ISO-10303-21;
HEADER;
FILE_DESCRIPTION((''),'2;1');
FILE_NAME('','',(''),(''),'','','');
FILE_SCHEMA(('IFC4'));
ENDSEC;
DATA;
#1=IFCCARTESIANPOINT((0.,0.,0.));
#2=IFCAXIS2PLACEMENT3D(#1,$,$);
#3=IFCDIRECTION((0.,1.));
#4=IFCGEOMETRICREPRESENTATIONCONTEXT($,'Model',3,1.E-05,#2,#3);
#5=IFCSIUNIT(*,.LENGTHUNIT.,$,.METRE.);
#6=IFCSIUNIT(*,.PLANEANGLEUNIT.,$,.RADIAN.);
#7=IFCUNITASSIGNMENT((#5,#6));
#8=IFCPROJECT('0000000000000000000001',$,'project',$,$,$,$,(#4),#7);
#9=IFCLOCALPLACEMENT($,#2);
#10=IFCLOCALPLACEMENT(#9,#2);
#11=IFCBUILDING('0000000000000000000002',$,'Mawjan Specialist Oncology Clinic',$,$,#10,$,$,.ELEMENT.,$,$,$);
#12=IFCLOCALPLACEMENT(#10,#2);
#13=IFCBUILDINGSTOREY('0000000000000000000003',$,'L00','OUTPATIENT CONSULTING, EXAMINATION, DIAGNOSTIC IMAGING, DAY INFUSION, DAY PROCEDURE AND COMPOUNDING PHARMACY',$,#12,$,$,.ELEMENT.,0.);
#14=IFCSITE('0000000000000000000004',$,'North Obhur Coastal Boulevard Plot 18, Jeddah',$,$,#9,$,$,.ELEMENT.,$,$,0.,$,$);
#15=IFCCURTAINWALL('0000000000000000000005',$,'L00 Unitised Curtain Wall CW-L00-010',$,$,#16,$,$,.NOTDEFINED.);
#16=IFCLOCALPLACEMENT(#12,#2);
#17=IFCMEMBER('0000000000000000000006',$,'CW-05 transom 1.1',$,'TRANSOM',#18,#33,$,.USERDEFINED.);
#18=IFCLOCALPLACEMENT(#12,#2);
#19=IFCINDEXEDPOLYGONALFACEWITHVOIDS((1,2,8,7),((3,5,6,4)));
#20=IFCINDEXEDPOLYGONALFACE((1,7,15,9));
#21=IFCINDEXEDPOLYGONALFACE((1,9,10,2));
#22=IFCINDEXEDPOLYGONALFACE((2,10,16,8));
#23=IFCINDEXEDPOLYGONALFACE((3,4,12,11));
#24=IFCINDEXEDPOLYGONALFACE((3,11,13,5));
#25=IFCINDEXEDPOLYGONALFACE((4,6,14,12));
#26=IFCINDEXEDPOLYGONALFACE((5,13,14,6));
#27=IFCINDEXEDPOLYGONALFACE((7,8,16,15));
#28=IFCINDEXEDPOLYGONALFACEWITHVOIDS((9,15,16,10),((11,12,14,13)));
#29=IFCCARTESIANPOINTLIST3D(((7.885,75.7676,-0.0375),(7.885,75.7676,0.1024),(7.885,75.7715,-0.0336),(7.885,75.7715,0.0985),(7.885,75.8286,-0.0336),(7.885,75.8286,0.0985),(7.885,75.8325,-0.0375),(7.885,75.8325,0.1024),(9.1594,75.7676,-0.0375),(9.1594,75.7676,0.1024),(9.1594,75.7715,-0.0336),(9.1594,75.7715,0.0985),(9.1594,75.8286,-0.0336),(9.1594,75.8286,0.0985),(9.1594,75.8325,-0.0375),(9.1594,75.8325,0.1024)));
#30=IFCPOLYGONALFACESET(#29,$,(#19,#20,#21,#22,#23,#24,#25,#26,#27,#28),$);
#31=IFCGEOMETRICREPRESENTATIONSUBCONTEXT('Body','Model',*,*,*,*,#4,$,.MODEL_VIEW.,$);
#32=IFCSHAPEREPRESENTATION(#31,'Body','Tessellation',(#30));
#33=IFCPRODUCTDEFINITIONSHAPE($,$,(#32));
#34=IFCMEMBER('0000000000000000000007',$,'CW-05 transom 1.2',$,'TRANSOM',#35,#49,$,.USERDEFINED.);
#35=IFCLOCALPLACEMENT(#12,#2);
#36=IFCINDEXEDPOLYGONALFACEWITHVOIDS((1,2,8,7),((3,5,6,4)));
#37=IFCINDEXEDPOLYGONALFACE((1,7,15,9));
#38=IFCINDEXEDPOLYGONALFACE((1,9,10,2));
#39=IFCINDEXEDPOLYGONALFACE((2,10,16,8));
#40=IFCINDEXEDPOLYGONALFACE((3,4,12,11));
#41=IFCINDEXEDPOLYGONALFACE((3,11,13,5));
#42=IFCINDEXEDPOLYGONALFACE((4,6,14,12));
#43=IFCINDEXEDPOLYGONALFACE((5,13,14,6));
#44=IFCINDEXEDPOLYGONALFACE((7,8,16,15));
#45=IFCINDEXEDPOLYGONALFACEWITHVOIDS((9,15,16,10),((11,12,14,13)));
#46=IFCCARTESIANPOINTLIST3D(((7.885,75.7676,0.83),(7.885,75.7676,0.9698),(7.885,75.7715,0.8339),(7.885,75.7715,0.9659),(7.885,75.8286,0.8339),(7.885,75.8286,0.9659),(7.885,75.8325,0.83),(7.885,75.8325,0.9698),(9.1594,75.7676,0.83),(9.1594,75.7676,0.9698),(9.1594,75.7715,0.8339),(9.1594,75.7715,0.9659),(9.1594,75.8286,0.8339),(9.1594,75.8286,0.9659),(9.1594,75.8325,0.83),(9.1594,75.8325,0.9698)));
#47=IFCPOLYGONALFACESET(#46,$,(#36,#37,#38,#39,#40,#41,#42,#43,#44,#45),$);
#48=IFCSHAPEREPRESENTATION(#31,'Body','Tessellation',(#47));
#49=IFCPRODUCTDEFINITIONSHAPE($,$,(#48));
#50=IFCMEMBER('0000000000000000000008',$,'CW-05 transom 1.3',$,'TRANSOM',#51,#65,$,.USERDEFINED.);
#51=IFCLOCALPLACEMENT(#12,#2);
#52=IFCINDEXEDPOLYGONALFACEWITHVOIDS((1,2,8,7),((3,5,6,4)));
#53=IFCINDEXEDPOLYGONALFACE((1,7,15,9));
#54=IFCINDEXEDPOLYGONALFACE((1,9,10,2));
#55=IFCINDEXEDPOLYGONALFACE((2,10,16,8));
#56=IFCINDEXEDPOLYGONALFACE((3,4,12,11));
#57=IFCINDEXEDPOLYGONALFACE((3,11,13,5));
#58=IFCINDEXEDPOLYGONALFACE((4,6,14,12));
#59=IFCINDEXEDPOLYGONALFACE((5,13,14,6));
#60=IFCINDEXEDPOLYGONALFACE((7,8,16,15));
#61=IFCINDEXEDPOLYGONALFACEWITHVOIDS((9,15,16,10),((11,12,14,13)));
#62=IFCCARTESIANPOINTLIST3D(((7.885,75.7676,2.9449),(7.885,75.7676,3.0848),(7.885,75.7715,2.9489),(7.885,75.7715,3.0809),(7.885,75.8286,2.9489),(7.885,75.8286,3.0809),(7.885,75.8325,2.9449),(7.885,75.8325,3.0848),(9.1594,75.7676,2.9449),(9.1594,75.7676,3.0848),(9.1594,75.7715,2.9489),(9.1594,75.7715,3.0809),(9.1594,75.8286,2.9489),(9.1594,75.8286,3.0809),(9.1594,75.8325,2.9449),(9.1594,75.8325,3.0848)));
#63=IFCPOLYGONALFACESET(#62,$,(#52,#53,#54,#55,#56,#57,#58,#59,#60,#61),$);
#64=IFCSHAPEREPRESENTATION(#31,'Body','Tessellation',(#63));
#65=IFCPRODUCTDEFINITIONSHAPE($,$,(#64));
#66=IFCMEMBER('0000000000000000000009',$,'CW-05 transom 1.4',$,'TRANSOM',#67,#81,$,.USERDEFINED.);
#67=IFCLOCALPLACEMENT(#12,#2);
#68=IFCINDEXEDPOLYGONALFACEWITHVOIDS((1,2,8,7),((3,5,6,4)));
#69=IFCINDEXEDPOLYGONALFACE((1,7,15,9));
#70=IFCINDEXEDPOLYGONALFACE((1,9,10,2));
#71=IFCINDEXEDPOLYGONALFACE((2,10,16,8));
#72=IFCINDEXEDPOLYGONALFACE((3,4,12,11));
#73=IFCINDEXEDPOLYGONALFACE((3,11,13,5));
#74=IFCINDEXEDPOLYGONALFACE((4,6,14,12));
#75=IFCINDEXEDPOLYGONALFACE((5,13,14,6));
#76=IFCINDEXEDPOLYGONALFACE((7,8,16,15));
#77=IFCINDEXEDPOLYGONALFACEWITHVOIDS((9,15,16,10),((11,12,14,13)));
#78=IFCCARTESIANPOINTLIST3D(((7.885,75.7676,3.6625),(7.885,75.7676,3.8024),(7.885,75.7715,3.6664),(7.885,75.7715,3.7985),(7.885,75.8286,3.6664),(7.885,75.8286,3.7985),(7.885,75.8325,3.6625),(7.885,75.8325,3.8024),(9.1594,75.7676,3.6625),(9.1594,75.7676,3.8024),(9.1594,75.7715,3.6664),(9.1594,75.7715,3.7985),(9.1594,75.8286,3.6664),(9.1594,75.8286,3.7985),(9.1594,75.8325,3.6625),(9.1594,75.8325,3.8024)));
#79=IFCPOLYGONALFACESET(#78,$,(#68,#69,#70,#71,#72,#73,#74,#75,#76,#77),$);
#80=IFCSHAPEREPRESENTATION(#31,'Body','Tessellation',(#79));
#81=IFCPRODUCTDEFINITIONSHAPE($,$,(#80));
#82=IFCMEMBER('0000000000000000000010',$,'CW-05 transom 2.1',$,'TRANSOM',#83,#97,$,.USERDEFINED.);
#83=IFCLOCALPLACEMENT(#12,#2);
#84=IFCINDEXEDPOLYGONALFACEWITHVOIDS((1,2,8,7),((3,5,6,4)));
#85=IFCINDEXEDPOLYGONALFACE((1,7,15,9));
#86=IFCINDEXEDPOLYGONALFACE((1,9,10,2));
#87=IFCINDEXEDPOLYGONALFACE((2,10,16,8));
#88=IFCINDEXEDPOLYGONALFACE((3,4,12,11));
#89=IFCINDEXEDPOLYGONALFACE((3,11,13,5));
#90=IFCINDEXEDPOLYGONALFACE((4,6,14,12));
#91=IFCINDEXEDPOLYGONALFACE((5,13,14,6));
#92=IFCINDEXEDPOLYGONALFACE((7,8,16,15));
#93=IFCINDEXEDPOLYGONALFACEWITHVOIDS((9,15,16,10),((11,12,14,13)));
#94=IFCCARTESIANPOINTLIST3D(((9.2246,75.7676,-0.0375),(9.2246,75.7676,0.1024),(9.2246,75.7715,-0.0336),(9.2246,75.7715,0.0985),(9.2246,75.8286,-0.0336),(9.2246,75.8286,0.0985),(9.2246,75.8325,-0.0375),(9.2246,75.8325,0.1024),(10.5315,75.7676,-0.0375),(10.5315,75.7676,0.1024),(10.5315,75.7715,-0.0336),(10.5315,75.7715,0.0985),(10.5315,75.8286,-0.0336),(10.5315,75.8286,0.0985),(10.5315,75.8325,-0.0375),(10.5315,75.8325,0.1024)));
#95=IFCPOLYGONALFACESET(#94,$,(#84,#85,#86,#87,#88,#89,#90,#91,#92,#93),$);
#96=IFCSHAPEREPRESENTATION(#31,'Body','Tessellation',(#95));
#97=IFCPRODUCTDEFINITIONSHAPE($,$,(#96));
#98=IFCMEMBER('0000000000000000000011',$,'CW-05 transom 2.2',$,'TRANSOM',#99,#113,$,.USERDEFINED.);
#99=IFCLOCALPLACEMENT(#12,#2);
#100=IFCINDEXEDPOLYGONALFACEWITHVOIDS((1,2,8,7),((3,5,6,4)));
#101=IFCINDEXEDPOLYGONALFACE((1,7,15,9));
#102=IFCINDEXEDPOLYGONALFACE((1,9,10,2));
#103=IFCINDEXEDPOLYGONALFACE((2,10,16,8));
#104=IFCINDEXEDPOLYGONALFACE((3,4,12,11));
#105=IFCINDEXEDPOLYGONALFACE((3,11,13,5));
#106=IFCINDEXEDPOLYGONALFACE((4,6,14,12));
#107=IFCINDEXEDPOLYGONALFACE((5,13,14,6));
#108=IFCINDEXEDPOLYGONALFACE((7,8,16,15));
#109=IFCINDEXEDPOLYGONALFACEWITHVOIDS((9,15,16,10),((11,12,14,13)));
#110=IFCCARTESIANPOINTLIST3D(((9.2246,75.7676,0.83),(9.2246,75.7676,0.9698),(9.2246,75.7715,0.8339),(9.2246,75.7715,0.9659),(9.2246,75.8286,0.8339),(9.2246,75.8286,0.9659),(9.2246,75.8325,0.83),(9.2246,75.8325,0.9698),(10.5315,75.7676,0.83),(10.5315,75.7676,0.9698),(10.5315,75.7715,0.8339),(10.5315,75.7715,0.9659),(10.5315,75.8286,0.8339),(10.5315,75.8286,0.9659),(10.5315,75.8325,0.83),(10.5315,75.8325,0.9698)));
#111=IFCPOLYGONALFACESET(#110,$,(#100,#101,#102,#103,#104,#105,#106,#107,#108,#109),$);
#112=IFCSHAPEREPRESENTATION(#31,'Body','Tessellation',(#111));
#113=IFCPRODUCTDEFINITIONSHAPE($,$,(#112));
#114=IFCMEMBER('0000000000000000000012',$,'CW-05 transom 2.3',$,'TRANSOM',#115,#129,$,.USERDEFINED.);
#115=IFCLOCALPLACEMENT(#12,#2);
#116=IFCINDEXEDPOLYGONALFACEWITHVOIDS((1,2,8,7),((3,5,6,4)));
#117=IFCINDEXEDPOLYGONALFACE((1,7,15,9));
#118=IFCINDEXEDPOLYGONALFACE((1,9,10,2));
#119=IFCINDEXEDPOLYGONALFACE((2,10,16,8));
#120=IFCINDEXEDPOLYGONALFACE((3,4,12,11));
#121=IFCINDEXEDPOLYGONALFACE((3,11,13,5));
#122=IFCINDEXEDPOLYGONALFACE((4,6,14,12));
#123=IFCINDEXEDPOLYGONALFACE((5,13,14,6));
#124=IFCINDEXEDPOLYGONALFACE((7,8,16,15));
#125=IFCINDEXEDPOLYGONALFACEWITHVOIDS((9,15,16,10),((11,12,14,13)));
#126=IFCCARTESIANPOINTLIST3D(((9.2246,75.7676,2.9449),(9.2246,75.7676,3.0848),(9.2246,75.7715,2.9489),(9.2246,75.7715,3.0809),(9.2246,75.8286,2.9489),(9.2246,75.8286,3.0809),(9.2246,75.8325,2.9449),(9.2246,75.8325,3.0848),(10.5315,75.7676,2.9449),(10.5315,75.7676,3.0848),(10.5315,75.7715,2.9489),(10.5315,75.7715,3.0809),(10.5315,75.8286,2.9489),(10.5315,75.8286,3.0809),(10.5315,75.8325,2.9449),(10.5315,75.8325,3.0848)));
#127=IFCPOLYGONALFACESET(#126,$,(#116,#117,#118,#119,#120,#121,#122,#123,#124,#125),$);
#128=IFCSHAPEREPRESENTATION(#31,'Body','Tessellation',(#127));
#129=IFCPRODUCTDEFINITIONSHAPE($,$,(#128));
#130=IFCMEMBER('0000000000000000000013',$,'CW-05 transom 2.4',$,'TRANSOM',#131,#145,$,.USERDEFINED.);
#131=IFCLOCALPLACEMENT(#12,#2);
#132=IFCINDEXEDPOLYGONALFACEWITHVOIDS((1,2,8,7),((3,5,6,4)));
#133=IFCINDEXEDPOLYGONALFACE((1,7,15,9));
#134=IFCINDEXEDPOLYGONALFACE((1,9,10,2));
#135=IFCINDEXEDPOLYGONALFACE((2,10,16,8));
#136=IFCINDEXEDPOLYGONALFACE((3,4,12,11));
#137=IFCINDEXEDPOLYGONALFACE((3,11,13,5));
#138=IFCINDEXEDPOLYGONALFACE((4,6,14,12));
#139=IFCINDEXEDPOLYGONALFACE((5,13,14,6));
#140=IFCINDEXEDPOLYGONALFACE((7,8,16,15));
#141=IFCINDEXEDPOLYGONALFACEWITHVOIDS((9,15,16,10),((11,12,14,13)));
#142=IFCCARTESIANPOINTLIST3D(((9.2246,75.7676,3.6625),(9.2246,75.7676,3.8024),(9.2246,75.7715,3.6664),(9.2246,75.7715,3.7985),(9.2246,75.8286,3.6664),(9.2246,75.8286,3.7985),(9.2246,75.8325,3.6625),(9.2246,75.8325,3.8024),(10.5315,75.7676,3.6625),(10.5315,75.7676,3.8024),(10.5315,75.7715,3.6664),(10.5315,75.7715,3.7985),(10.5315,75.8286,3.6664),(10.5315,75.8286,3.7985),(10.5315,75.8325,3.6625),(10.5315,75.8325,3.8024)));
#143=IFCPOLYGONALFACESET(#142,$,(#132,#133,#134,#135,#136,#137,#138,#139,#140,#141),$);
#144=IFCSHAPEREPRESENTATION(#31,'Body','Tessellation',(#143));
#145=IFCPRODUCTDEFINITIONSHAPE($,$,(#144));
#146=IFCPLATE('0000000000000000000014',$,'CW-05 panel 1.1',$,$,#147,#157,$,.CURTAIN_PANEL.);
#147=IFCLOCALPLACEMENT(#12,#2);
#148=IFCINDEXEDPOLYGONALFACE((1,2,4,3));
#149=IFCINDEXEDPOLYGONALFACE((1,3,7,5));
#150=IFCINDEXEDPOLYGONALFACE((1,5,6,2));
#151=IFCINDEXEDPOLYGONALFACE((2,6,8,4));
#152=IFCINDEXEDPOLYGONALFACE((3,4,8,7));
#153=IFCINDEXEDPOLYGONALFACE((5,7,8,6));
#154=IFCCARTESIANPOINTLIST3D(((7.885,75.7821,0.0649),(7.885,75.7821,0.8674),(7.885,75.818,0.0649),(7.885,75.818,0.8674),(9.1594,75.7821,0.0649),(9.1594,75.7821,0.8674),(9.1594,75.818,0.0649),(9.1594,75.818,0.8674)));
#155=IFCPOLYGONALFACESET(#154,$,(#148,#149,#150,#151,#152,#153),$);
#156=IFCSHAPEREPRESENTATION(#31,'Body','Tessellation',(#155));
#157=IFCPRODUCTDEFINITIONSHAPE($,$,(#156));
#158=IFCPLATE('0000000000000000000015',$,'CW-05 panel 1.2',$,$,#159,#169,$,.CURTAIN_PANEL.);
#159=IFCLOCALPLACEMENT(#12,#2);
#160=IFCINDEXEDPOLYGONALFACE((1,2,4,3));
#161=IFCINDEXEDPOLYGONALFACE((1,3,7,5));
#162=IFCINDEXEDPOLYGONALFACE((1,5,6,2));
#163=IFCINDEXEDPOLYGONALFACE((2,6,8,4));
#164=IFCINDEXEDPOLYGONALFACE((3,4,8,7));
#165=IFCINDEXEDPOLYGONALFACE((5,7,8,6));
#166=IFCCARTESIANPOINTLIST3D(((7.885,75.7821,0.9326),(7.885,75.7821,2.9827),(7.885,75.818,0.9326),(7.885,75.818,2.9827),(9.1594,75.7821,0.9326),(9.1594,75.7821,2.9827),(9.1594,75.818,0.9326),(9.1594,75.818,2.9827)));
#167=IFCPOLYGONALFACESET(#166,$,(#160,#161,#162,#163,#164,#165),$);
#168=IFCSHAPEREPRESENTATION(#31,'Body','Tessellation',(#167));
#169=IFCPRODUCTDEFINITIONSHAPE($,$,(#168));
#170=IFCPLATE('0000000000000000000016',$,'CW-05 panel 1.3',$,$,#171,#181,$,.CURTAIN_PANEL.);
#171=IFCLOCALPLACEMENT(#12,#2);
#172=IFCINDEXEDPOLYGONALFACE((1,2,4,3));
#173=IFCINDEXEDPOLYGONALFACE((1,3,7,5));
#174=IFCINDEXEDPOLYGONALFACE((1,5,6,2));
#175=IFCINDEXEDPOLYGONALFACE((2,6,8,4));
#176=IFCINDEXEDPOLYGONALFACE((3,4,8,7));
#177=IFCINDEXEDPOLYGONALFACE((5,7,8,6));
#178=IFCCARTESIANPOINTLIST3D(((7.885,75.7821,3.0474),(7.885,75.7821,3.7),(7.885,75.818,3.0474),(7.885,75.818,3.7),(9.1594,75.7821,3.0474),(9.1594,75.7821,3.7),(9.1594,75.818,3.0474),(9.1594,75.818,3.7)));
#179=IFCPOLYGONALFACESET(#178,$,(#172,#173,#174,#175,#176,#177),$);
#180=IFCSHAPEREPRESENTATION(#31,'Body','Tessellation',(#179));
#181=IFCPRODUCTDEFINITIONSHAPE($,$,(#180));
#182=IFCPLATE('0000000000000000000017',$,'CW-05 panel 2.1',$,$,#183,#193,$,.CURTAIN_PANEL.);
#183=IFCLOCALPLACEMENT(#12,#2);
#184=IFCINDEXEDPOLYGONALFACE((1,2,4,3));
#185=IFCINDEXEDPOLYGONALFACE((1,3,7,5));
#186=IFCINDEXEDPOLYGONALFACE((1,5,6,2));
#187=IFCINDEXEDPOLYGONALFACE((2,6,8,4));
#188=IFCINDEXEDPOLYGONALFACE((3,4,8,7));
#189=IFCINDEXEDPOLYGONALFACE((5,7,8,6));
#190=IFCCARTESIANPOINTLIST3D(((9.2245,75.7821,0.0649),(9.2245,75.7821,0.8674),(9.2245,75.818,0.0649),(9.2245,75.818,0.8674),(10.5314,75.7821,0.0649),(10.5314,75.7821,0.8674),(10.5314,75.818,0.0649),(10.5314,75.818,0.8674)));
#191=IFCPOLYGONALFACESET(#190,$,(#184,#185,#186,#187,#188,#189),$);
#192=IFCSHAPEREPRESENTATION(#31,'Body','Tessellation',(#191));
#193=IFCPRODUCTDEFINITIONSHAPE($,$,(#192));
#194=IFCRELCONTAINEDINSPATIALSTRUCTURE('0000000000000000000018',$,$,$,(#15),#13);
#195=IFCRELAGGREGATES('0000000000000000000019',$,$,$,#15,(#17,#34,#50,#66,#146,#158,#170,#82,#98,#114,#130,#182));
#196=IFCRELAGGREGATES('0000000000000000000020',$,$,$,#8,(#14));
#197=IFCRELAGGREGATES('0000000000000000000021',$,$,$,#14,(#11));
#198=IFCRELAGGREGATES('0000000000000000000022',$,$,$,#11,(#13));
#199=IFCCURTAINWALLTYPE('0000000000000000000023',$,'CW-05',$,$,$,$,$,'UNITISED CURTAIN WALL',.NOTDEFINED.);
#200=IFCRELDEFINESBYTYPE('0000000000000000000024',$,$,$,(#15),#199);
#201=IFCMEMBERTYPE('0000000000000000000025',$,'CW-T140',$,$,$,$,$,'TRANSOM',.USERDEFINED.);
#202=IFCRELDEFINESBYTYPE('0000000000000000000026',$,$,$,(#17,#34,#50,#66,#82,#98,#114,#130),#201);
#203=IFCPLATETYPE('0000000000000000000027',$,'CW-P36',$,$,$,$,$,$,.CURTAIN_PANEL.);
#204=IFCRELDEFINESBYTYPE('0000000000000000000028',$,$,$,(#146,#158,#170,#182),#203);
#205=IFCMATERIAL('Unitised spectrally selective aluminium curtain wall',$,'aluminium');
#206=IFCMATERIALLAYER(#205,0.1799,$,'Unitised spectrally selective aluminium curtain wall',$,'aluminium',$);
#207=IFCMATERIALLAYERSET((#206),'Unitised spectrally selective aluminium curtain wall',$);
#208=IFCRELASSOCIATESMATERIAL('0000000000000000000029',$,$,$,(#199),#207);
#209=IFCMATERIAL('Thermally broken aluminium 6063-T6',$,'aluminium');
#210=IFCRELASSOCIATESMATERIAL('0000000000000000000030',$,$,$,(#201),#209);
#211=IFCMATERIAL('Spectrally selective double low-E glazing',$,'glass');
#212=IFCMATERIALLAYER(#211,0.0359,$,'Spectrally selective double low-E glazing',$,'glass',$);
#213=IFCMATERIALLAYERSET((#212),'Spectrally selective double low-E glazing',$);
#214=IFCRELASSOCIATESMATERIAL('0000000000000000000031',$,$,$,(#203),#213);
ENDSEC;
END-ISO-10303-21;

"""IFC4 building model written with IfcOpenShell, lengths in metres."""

from ifc_helpers import new_model, si_unit, direction, frame, origin, origin_2d, place, context, subcontext, project, spatial, rectangle, hollow_rectangle, extrude, material, layer, layer_set, material_profile, profile_set, type_object, element, aggregate, save


model = new_model("IFC4")

# Units and contexts
model_context = context("Model", 3, precision=1e-05, world=origin(), true_north=direction((0.0, 1.0)))
body_context = subcontext(model_context, "Body", "Model", "MODEL_VIEW")
ifc_project = project(units=[si_unit("LENGTHUNIT", "METRE"), si_unit("PLANEANGLEUNIT", "RADIAN")], contexts=[model_context])

# Site, building, storey
site_placement = place(None, origin())
site = spatial("IfcSite", under=ifc_project, at=site_placement, Name="North Obhur Coastal Boulevard Plot 18, Jeddah", CompositionType="ELEMENT", RefElevation=0.0)
building_placement = place(site_placement, origin())
building = spatial("IfcBuilding", under=site, at=building_placement, Name="Mawjan Specialist Oncology Clinic", CompositionType="ELEMENT")
storey_placement = place(building_placement, origin())
storey = spatial("IfcBuildingStorey", under=building, at=storey_placement, Name="L00", Description="OUTPATIENT CONSULTING, EXAMINATION, DIAGNOSTIC IMAGING, DAY INFUSION, DAY PROCEDURE AND COMPOUNDING PHARMACY", CompositionType="ELEMENT", Elevation=0.0)

# Shared definitions
ifc_material_1 = material(Name="Unitised spectrally selective aluminium curtain wall", Category="aluminium")
ifc_layer_1 = layer(ifc_material_1, 0.1799, Name="Unitised spectrally selective aluminium curtain wall", Category="aluminium")
ifc_layer_set_1 = layer_set([ifc_layer_1], Name="Unitised spectrally selective aluminium curtain wall")
curtain_wall_type = type_object("IfcCurtainWallType", Name="CW-05", ElementType="UNITISED CURTAIN WALL", PredefinedType="NOTDEFINED", material=ifc_layer_set_1)

# Curtain wall, members, plates
curtain_wall_1_placement = place(storey_placement, origin())
curtain_wall_1 = element("IfcCurtainWall", 1, at=curtain_wall_1_placement, inside=storey, type_object=curtain_wall_type, Name="L00 Unitised Curtain Wall CW-L00-010", PredefinedType="NOTDEFINED")
ifc_material_2 = material(Name="Thermally broken aluminium 6063-T6", Category="aluminium")
ifc_material_profile_1 = material_profile(ifc_material_2, hollow_rectangle(XDim=0.0649, YDim=0.1399, WallThickness=0.0039, at=origin_2d()), Name="ALU TRANSOM 140x65x4", Category="aluminium")
ifc_profile_set_1 = profile_set([ifc_material_profile_1], Name="Thermally broken aluminium 6063-T6")
member_type_1 = type_object("IfcMemberType", Name="CW-T140", ElementType="TRANSOM", PredefinedType="USERDEFINED", material=ifc_profile_set_1)
member_1_placement = place(storey_placement, frame((7.885, 75.8, 0.0325), z_axis=(1.0, 0.0, 0.0), x_axis=(0.0, 1.0, 0.0)))
member_1 = element("IfcMember", 2, at=member_1_placement, type_object=member_type_1, Name="CW-05 transom 1.1", ObjectType="TRANSOM", PredefinedType="USERDEFINED", context=body_context, shape_type="SweptSolid", body=[
    extrude(hollow_rectangle(XDim=0.0649, YDim=0.1399, WallThickness=0.0039, at=origin_2d()), origin(), (0.0, 0.0, 1.0), 1.2744),
])
member_2_placement = place(storey_placement, frame((7.885, 75.8, 0.8999), z_axis=(1.0, 0.0, 0.0), x_axis=(0.0, 1.0, 0.0)))
member_2 = element("IfcMember", 3, at=member_2_placement, type_object=member_type_1, Name="CW-05 transom 1.2", ObjectType="TRANSOM", PredefinedType="USERDEFINED", context=body_context, shape_type="SweptSolid", body=[
    extrude(hollow_rectangle(XDim=0.0649, YDim=0.1399, WallThickness=0.0039, at=origin_2d()), origin(), (0.0, 0.0, 1.0), 1.2744),
])
member_3_placement = place(storey_placement, frame((7.885, 75.8, 3.0149), z_axis=(1.0, 0.0, 0.0), x_axis=(0.0, 1.0, 0.0)))
member_3 = element("IfcMember", 4, at=member_3_placement, type_object=member_type_1, Name="CW-05 transom 1.3", ObjectType="TRANSOM", PredefinedType="USERDEFINED", context=body_context, shape_type="SweptSolid", body=[
    extrude(hollow_rectangle(XDim=0.0649, YDim=0.1399, WallThickness=0.0039, at=origin_2d()), origin(), (0.0, 0.0, 1.0), 1.2744),
])
member_4_placement = place(storey_placement, frame((7.885, 75.8, 3.7324), z_axis=(1.0, 0.0, 0.0), x_axis=(0.0, 1.0, 0.0)))
member_4 = element("IfcMember", 5, at=member_4_placement, type_object=member_type_1, Name="CW-05 transom 1.4", ObjectType="TRANSOM", PredefinedType="USERDEFINED", context=body_context, shape_type="SweptSolid", body=[
    extrude(hollow_rectangle(XDim=0.0649, YDim=0.1399, WallThickness=0.0039, at=origin_2d()), origin(), (0.0, 0.0, 1.0), 1.2744),
])
member_5_placement = place(storey_placement, frame((9.2246, 75.8, 0.0325), z_axis=(1.0, 0.0, 0.0), x_axis=(0.0, 1.0, 0.0)))
member_5 = element("IfcMember", 6, at=member_5_placement, type_object=member_type_1, Name="CW-05 transom 2.1", ObjectType="TRANSOM", PredefinedType="USERDEFINED", context=body_context, shape_type="SweptSolid", body=[
    extrude(hollow_rectangle(XDim=0.0649, YDim=0.1399, WallThickness=0.0039, at=origin_2d()), origin(), (0.0, 0.0, 1.0), 1.3069),
])
member_6_placement = place(storey_placement, frame((9.2246, 75.8, 0.8999), z_axis=(1.0, 0.0, 0.0), x_axis=(0.0, 1.0, 0.0)))
member_6 = element("IfcMember", 7, at=member_6_placement, type_object=member_type_1, Name="CW-05 transom 2.2", ObjectType="TRANSOM", PredefinedType="USERDEFINED", context=body_context, shape_type="SweptSolid", body=[
    extrude(hollow_rectangle(XDim=0.0649, YDim=0.1399, WallThickness=0.0039, at=origin_2d()), origin(), (0.0, 0.0, 1.0), 1.3069),
])
member_7_placement = place(storey_placement, frame((9.2246, 75.8, 3.0149), z_axis=(1.0, 0.0, 0.0), x_axis=(0.0, 1.0, 0.0)))
member_7 = element("IfcMember", 8, at=member_7_placement, type_object=member_type_1, Name="CW-05 transom 2.3", ObjectType="TRANSOM", PredefinedType="USERDEFINED", context=body_context, shape_type="SweptSolid", body=[
    extrude(hollow_rectangle(XDim=0.0649, YDim=0.1399, WallThickness=0.0039, at=origin_2d()), origin(), (0.0, 0.0, 1.0), 1.3069),
])
member_8_placement = place(storey_placement, frame((9.2246, 75.8, 3.7324), z_axis=(1.0, 0.0, 0.0), x_axis=(0.0, 1.0, 0.0)))
member_8 = element("IfcMember", 9, at=member_8_placement, type_object=member_type_1, Name="CW-05 transom 2.4", ObjectType="TRANSOM", PredefinedType="USERDEFINED", context=body_context, shape_type="SweptSolid", body=[
    extrude(hollow_rectangle(XDim=0.0649, YDim=0.1399, WallThickness=0.0039, at=origin_2d()), origin(), (0.0, 0.0, 1.0), 1.3069),
])
ifc_material_3 = material(Name="Spectrally selective double low-E glazing", Category="glass")
ifc_layer_2 = layer(ifc_material_3, 0.0359, Name="Spectrally selective double low-E glazing", Category="glass")
ifc_layer_set_2 = layer_set([ifc_layer_2], Name="Spectrally selective double low-E glazing")
plate_type = type_object("IfcPlateType", Name="CW-P36", PredefinedType="CURTAIN_PANEL", material=ifc_layer_set_2)
plate_1_placement = place(storey_placement, frame((8.5222, 75.8, 0.0649), z_axis=(0.0, 0.0, 1.0), x_axis=(1.0, 0.0, 0.0)))
plate_1 = element("IfcPlate", 10, at=plate_1_placement, type_object=plate_type, Name="CW-05 panel 1.1", PredefinedType="CURTAIN_PANEL", context=body_context, shape_type="SweptSolid", body=[
    extrude(rectangle(XDim=1.2744, YDim=0.0359, at=origin_2d()), origin(), (0.0, 0.0, 1.0), 0.8025),
])
plate_2_placement = place(storey_placement, frame((8.5222, 75.8, 0.9326), z_axis=(0.0, 0.0, 1.0), x_axis=(1.0, 0.0, 0.0)))
plate_2 = element("IfcPlate", 11, at=plate_2_placement, type_object=plate_type, Name="CW-05 panel 1.2", PredefinedType="CURTAIN_PANEL", context=body_context, shape_type="SweptSolid", body=[
    extrude(rectangle(XDim=1.2744, YDim=0.0359, at=origin_2d()), origin(), (0.0, 0.0, 1.0), 2.05),
])
plate_3_placement = place(storey_placement, frame((8.5222, 75.8, 3.0474), z_axis=(0.0, 0.0, 1.0), x_axis=(1.0, 0.0, 0.0)))
plate_3 = element("IfcPlate", 12, at=plate_3_placement, type_object=plate_type, Name="CW-05 panel 1.3", PredefinedType="CURTAIN_PANEL", context=body_context, shape_type="SweptSolid", body=[
    extrude(rectangle(XDim=1.2744, YDim=0.0359, at=origin_2d()), origin(), (0.0, 0.0, 1.0), 0.6526),
])
plate_4_placement = place(storey_placement, frame((9.8779, 75.8, 0.0649), z_axis=(0.0, 0.0, 1.0), x_axis=(1.0, 0.0, 0.0)))
plate_4 = element("IfcPlate", 13, at=plate_4_placement, type_object=plate_type, Name="CW-05 panel 2.1", PredefinedType="CURTAIN_PANEL", context=body_context, shape_type="SweptSolid", body=[
    extrude(rectangle(XDim=1.3069, YDim=0.0359, at=origin_2d()), origin(), (0.0, 0.0, 1.0), 0.8025),
])
aggregate(curtain_wall_1, [member_1, member_2, member_3, member_4, plate_1, plate_2, plate_3, member_5, member_6, member_7, member_8, plate_4])

save(model, "model.ifc")
